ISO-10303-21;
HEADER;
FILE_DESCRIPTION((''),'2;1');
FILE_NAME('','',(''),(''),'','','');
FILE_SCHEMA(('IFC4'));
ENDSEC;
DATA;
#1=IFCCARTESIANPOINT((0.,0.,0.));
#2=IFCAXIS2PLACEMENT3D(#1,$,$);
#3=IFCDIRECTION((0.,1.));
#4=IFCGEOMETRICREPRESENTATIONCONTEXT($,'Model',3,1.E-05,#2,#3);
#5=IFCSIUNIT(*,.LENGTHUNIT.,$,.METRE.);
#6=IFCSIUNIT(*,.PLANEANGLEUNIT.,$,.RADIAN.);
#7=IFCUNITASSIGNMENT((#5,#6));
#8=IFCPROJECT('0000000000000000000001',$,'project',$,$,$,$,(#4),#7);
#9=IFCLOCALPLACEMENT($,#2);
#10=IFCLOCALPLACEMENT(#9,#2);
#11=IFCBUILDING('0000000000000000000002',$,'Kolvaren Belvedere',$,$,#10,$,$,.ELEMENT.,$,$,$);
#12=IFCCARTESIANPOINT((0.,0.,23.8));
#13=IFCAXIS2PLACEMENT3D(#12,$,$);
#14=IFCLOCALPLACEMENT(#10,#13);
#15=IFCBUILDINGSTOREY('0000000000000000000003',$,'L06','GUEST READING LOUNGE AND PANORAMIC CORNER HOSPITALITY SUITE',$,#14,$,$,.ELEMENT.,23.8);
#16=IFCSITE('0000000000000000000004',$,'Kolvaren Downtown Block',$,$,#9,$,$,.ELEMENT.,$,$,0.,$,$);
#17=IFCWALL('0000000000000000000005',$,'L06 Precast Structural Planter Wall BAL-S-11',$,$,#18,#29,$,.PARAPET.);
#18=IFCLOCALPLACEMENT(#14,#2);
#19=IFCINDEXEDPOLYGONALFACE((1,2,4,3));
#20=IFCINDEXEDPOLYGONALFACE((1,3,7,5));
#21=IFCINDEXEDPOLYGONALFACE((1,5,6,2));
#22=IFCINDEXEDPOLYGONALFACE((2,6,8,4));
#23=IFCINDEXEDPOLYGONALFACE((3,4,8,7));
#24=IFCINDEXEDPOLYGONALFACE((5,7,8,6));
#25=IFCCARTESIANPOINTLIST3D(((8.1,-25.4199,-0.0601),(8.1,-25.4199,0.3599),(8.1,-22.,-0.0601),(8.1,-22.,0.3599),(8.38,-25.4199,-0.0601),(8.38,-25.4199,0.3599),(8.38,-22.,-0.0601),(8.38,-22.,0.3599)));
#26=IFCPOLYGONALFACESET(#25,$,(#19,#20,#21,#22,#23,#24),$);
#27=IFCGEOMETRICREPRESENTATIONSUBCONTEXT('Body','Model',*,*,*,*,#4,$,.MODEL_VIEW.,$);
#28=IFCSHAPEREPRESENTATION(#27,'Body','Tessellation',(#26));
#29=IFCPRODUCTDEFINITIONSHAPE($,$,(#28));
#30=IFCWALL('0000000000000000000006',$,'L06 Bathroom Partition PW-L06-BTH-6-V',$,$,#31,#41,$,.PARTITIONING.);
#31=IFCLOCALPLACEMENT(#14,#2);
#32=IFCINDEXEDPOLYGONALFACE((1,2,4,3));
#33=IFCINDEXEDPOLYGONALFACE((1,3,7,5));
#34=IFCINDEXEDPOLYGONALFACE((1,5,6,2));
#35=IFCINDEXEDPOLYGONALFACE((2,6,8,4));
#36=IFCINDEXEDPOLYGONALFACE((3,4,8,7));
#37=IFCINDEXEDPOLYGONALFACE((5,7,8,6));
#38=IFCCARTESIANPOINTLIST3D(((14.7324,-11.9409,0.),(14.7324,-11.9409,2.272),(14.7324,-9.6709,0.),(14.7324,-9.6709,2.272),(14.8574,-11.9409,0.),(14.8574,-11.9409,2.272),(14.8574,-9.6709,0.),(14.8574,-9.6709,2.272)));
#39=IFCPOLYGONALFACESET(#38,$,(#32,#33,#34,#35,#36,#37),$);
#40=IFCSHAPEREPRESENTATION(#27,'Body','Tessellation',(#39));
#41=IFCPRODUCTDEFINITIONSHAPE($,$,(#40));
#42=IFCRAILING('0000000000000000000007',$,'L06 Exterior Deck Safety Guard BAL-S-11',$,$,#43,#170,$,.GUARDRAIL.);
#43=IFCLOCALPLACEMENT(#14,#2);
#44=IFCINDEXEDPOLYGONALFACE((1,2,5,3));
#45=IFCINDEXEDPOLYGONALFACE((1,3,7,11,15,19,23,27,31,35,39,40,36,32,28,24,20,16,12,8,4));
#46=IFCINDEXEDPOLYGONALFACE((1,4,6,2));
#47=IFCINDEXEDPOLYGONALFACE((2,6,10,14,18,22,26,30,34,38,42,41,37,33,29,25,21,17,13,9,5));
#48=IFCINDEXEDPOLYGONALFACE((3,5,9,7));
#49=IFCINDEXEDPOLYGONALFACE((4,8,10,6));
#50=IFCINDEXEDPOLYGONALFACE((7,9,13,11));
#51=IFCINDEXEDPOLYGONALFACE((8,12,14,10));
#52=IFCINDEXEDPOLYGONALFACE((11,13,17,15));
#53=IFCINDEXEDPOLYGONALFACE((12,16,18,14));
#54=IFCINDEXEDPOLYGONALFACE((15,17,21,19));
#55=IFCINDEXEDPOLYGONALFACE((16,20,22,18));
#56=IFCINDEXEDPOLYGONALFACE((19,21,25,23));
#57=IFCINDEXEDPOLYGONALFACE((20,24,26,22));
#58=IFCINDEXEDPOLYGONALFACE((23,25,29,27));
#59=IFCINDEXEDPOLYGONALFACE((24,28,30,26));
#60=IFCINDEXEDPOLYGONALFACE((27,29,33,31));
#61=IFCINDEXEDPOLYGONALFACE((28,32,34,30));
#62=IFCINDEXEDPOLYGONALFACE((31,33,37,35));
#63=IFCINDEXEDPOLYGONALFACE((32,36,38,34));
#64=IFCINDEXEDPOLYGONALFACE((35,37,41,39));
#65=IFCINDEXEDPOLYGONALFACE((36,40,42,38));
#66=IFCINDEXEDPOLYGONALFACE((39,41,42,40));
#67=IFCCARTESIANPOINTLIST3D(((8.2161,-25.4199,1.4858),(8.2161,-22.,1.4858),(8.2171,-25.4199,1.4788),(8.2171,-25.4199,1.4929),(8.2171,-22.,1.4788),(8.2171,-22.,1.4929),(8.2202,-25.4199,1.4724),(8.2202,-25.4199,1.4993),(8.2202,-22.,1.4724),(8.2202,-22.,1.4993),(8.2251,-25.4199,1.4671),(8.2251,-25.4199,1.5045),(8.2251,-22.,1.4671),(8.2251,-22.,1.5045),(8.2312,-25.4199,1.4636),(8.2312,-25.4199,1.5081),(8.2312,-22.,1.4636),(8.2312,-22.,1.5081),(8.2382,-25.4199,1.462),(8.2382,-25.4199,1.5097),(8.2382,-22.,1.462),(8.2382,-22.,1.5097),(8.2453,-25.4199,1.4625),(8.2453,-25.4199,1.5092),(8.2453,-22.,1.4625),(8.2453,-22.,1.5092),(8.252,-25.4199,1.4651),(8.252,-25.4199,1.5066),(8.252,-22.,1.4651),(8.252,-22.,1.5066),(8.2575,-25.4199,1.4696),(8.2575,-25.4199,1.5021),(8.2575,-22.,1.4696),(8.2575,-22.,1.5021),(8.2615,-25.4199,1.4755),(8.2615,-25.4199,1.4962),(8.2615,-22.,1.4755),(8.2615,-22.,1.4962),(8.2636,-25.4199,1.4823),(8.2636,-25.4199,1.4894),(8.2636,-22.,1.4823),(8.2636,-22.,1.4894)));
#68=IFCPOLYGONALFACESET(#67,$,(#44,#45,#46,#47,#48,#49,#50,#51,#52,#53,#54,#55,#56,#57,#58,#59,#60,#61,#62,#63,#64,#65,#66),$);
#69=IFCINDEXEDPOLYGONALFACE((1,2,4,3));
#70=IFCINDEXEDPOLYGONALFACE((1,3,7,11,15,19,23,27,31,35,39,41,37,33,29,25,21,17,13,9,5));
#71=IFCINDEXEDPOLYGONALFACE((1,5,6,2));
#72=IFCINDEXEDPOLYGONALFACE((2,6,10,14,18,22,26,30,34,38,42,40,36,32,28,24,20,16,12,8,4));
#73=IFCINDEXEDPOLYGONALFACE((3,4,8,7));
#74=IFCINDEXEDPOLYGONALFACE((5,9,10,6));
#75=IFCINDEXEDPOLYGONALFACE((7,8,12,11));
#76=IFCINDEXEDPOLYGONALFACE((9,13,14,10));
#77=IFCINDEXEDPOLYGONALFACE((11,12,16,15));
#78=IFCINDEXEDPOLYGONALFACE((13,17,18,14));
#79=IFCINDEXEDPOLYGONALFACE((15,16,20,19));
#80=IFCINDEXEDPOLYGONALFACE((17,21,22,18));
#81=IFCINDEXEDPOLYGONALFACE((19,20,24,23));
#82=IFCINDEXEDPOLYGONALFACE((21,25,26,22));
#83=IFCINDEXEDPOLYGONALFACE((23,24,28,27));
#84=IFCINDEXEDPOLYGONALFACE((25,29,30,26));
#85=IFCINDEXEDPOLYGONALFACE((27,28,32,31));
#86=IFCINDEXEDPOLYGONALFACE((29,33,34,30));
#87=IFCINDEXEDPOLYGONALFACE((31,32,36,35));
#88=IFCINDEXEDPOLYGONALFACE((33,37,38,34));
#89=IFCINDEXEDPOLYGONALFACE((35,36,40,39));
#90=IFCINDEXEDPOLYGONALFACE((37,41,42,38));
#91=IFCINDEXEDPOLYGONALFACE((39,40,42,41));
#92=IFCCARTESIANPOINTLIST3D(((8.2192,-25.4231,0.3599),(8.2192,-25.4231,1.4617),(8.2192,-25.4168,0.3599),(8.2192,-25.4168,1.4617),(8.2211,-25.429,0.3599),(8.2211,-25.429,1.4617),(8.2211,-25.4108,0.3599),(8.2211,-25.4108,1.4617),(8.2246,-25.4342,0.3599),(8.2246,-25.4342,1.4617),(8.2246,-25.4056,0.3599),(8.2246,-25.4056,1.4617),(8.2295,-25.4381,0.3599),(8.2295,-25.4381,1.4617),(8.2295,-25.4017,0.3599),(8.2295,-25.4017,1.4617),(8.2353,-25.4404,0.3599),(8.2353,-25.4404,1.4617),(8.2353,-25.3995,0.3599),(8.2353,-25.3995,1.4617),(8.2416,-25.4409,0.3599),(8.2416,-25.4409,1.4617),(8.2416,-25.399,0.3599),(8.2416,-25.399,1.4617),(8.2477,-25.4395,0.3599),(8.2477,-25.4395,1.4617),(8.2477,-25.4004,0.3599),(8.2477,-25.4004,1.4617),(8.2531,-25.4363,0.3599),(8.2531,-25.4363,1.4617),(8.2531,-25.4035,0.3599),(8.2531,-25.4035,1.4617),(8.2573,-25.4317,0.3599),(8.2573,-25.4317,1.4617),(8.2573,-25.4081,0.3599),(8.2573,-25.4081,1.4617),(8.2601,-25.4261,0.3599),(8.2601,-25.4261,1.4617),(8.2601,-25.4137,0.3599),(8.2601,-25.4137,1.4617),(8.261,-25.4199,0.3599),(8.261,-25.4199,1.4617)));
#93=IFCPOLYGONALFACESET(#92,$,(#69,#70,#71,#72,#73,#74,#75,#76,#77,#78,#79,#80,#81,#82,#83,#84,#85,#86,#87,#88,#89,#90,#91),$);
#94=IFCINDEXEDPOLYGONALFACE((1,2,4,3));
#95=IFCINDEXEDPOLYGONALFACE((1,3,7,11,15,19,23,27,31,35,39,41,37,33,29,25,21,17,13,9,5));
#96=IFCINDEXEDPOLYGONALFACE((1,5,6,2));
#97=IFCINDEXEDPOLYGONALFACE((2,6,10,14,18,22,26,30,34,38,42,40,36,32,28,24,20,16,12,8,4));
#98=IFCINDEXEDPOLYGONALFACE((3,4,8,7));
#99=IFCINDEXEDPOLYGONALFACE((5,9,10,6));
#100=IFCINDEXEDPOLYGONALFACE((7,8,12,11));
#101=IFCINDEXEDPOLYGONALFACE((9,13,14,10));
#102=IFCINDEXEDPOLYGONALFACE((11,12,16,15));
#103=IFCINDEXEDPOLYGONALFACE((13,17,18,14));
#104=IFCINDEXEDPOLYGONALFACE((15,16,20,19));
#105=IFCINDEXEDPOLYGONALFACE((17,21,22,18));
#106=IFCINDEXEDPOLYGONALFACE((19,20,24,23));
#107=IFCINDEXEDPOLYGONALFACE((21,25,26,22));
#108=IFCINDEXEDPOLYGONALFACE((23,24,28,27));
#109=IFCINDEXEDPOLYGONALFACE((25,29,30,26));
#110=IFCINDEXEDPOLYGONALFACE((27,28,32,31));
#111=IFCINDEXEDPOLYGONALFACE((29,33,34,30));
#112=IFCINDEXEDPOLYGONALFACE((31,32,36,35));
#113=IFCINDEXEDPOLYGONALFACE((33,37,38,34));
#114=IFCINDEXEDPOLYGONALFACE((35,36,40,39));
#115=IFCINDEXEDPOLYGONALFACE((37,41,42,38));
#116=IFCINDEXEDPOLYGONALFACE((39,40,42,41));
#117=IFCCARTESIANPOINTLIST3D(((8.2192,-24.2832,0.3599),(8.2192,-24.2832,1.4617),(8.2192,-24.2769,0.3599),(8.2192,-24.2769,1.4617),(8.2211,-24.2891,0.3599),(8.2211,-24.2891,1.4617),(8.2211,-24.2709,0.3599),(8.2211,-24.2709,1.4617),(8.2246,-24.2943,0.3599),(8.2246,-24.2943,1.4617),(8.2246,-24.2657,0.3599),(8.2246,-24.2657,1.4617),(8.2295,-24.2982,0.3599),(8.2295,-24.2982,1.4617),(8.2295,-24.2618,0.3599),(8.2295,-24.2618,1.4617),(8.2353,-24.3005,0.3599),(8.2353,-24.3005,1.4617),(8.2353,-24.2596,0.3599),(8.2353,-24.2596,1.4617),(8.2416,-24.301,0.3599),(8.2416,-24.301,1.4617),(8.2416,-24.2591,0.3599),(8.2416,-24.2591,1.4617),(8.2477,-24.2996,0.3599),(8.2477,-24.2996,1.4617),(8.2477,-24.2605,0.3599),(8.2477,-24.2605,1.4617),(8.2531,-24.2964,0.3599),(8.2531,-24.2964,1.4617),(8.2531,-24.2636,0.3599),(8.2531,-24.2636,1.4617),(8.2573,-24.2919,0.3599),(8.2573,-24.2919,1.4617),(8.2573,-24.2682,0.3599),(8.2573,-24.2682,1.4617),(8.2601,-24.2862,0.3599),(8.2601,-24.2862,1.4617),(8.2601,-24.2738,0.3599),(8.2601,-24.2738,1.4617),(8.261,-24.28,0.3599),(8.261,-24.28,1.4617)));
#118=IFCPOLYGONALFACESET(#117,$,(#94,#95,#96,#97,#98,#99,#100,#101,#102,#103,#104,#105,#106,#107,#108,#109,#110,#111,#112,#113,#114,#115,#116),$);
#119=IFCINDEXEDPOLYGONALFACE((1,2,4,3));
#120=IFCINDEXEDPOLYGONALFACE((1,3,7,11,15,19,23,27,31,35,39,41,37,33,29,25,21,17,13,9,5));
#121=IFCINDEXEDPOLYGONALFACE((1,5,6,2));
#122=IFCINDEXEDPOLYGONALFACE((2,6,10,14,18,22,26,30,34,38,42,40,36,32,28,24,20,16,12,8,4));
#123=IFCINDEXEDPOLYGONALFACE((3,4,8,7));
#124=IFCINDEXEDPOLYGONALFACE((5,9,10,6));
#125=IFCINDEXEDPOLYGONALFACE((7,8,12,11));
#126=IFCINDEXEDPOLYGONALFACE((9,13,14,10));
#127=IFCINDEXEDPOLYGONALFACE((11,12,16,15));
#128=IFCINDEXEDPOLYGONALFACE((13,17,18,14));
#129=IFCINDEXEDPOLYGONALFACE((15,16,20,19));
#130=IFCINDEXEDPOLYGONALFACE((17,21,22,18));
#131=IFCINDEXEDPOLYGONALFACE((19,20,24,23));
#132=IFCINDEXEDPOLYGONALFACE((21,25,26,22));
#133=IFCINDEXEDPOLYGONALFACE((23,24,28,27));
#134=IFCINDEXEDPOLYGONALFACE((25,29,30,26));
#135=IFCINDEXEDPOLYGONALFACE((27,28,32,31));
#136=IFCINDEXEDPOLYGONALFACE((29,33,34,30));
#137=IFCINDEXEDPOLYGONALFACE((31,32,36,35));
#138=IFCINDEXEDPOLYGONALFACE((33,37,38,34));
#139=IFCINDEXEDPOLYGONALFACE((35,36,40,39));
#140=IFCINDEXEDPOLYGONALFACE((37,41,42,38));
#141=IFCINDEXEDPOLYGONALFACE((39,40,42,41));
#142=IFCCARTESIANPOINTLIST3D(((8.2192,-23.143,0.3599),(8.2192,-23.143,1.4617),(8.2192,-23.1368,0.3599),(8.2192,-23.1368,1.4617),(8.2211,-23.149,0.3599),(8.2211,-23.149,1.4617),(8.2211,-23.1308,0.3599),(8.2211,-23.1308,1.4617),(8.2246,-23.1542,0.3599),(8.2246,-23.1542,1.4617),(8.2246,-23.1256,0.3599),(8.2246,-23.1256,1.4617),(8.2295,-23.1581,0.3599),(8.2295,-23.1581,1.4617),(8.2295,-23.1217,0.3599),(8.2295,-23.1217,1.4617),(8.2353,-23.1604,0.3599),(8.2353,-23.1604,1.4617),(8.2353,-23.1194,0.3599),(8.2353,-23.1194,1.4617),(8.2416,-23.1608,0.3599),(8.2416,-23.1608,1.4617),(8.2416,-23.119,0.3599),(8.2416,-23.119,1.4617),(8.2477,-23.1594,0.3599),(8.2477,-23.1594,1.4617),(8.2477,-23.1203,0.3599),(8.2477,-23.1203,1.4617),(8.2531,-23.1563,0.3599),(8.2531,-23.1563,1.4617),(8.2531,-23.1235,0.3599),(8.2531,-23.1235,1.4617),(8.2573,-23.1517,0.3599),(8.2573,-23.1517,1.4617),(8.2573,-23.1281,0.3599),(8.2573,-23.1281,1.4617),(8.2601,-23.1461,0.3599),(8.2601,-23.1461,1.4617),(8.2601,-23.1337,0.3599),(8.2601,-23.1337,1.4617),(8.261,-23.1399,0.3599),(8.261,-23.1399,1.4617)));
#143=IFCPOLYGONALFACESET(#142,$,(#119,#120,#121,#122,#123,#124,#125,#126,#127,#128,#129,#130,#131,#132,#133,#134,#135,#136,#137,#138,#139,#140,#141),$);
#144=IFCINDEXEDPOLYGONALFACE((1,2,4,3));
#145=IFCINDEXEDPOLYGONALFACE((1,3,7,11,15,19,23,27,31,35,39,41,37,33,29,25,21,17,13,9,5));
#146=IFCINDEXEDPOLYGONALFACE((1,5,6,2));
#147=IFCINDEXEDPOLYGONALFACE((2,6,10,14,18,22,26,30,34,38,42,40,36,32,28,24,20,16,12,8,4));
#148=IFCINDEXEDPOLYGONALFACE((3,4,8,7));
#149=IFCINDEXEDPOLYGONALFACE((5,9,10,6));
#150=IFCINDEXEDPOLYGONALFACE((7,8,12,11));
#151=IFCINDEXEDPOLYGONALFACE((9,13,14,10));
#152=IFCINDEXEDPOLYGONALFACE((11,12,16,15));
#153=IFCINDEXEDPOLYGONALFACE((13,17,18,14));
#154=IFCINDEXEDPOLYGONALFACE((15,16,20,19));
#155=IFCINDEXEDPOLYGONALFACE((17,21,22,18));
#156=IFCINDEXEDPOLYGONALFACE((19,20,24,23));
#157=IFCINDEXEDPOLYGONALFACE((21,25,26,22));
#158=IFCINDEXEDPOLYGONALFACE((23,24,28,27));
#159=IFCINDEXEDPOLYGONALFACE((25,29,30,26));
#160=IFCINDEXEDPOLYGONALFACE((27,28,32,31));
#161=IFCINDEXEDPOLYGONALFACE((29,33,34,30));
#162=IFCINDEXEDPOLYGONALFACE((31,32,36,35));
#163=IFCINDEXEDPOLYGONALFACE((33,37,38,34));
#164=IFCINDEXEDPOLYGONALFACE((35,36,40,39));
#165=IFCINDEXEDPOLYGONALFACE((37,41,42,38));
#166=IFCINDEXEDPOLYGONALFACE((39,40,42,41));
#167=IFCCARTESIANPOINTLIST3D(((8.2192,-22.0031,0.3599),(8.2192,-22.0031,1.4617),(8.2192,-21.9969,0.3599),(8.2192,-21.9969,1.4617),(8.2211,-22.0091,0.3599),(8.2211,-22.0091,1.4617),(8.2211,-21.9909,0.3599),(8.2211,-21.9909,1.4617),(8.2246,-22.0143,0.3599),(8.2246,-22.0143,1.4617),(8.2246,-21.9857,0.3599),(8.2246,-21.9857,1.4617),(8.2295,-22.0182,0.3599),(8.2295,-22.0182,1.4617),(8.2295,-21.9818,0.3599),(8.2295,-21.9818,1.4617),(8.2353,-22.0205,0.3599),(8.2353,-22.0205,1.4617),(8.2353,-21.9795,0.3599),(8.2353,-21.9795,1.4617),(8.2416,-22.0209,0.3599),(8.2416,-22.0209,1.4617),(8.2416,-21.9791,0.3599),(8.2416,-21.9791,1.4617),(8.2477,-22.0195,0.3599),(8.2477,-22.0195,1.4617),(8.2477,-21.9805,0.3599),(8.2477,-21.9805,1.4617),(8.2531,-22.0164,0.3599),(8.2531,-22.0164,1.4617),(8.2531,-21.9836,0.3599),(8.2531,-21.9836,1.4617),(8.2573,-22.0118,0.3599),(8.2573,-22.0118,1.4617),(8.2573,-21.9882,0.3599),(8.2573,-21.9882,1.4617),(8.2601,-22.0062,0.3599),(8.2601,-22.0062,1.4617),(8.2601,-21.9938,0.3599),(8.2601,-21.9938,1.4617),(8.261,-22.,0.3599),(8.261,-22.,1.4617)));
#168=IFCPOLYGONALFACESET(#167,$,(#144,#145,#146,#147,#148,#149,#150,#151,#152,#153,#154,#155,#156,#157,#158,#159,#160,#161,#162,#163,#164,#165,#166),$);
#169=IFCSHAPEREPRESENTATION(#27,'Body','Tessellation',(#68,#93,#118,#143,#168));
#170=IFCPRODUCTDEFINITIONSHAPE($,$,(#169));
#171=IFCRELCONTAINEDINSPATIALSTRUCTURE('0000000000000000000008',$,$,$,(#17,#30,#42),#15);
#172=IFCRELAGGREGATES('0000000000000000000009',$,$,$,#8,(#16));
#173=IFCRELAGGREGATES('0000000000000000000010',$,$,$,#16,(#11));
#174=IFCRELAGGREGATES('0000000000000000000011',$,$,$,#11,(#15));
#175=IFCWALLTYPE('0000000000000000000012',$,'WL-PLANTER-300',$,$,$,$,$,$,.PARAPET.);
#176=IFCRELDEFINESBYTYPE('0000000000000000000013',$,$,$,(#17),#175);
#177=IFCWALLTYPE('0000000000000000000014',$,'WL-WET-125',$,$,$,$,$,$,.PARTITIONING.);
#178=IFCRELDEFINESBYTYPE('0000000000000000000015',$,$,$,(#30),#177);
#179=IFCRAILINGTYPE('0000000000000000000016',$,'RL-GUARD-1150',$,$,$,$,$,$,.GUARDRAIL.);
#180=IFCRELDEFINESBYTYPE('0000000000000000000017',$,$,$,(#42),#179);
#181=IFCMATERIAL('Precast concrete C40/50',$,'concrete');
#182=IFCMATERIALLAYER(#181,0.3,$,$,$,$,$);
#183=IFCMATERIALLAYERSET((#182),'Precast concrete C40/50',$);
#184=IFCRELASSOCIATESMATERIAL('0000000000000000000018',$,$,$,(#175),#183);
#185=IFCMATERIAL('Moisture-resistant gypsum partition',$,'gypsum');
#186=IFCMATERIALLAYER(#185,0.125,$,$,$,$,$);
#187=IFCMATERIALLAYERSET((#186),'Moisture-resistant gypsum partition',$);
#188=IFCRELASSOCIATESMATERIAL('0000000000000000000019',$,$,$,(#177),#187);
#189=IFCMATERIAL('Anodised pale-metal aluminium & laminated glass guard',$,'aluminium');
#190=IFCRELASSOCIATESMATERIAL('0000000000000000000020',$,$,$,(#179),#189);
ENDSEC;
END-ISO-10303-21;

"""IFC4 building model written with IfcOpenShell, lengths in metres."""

from ifc_helpers import new_model, si_unit, direction, frame, frame_2d, origin, origin_2d, place, context, subcontext, project, spatial, rectangle, circle, extrude, material, layer, layer_set, type_object, element, save


model = new_model("IFC4")

# Units and contexts
model_context = context("Model", 3, precision=1e-05, world=origin(), true_north=direction((0.0, 1.0)))
body_context = subcontext(model_context, "Body", "Model", "MODEL_VIEW")
ifc_project = project(units=[si_unit("LENGTHUNIT", "METRE"), si_unit("PLANEANGLEUNIT", "RADIAN")], contexts=[model_context])

# Site, building, storey
site_placement = place(None, origin())
site = spatial("IfcSite", under=ifc_project, at=site_placement, Name="Kolvaren Downtown Block", CompositionType="ELEMENT", RefElevation=0.0)
building_placement = place(site_placement, origin())
building = spatial("IfcBuilding", under=site, at=building_placement, Name="Kolvaren Belvedere", CompositionType="ELEMENT")
storey_placement = place(building_placement, frame((0.0, 0.0, 23.8)))
storey = spatial("IfcBuildingStorey", under=building, at=storey_placement, Name="L06", Description="GUEST READING LOUNGE AND PANORAMIC CORNER HOSPITALITY SUITE", CompositionType="ELEMENT", Elevation=23.8)

# Walls
ifc_material_1 = material(Name="Precast concrete C40/50", Category="concrete")
ifc_layer_1 = layer(ifc_material_1, 0.3)
ifc_layer_set_1 = layer_set([ifc_layer_1], Name="Precast concrete C40/50")
wall_type_1 = type_object("IfcWallType", Name="WL-PLANTER-300", PredefinedType="PARAPET", material=ifc_layer_set_1)
wall_1_placement = place(storey_placement, frame((8.24, -25.4199, -0.0601), z_axis=(0.0, 0.0, 1.0), x_axis=(0.0, 1.0, 0.0)))
element("IfcWall", 1, at=wall_1_placement, inside=storey, type_object=wall_type_1, Name="L06 Precast Structural Planter Wall BAL-S-11", PredefinedType="PARAPET", context=body_context, shape_type="SweptSolid", body=[
    extrude(rectangle(XDim=3.4199, YDim=0.28, at=frame_2d((1.71, 0.0))), origin(), (0.0, 0.0, 1.0), 0.4199),
])
ifc_material_2 = material(Name="Moisture-resistant gypsum partition", Category="gypsum")
ifc_layer_2 = layer(ifc_material_2, 0.125)
ifc_layer_set_2 = layer_set([ifc_layer_2], Name="Moisture-resistant gypsum partition")
wall_type_2 = type_object("IfcWallType", Name="WL-WET-125", PredefinedType="PARTITIONING", material=ifc_layer_set_2)
wall_2_placement = place(storey_placement, frame((14.7949, -11.9409, 0.0), z_axis=(0.0, 0.0, 1.0), x_axis=(0.0, 1.0, 0.0)))
element("IfcWall", 2, at=wall_2_placement, inside=storey, type_object=wall_type_2, Name="L06 Bathroom Partition PW-L06-BTH-6-V", PredefinedType="PARTITIONING", context=body_context, shape_type="SweptSolid", body=[
    extrude(rectangle(XDim=2.27, YDim=0.125, at=frame_2d((1.135, 0.0))), origin(), (0.0, 0.0, 1.0), 2.272),
])

# Railing
ifc_material_3 = material(Name="Anodised pale-metal aluminium & laminated glass guard", Category="aluminium")
railing_type = type_object("IfcRailingType", Name="RL-GUARD-1150", PredefinedType="GUARDRAIL", material=ifc_material_3)
railing_placement = place(storey_placement, frame((8.24, -25.4199, 0.3599)))
element("IfcRailing", 3, at=railing_placement, inside=storey, type_object=railing_type, Name="L06 Exterior Deck Safety Guard BAL-S-11", PredefinedType="GUARDRAIL", context=body_context, shape_type="SweptSolid", body=[
    extrude(circle(Radius=0.0239, at=origin_2d()), frame((0.0, 0.0, 1.126), z_axis=(0.0, 1.0, 0.0), x_axis=(-1.0, 0.0, 0.0)), (0.0, 0.0, 1.0), 3.4199),
    extrude(circle(Radius=0.021, at=origin_2d()), origin(), (0.0, 0.0, 1.0), 1.1018),
    extrude(circle(Radius=0.021, at=origin_2d()), frame((0.0, 1.1399, 0.0)), (0.0, 0.0, 1.0), 1.1018),
    extrude(circle(Radius=0.021, at=origin_2d()), frame((0.0, 2.28, 0.0)), (0.0, 0.0, 1.0), 1.1018),
    extrude(circle(Radius=0.021, at=origin_2d()), frame((0.0, 3.4199, 0.0)), (0.0, 0.0, 1.0), 1.1018),
])

save(model, "model.ifc")
